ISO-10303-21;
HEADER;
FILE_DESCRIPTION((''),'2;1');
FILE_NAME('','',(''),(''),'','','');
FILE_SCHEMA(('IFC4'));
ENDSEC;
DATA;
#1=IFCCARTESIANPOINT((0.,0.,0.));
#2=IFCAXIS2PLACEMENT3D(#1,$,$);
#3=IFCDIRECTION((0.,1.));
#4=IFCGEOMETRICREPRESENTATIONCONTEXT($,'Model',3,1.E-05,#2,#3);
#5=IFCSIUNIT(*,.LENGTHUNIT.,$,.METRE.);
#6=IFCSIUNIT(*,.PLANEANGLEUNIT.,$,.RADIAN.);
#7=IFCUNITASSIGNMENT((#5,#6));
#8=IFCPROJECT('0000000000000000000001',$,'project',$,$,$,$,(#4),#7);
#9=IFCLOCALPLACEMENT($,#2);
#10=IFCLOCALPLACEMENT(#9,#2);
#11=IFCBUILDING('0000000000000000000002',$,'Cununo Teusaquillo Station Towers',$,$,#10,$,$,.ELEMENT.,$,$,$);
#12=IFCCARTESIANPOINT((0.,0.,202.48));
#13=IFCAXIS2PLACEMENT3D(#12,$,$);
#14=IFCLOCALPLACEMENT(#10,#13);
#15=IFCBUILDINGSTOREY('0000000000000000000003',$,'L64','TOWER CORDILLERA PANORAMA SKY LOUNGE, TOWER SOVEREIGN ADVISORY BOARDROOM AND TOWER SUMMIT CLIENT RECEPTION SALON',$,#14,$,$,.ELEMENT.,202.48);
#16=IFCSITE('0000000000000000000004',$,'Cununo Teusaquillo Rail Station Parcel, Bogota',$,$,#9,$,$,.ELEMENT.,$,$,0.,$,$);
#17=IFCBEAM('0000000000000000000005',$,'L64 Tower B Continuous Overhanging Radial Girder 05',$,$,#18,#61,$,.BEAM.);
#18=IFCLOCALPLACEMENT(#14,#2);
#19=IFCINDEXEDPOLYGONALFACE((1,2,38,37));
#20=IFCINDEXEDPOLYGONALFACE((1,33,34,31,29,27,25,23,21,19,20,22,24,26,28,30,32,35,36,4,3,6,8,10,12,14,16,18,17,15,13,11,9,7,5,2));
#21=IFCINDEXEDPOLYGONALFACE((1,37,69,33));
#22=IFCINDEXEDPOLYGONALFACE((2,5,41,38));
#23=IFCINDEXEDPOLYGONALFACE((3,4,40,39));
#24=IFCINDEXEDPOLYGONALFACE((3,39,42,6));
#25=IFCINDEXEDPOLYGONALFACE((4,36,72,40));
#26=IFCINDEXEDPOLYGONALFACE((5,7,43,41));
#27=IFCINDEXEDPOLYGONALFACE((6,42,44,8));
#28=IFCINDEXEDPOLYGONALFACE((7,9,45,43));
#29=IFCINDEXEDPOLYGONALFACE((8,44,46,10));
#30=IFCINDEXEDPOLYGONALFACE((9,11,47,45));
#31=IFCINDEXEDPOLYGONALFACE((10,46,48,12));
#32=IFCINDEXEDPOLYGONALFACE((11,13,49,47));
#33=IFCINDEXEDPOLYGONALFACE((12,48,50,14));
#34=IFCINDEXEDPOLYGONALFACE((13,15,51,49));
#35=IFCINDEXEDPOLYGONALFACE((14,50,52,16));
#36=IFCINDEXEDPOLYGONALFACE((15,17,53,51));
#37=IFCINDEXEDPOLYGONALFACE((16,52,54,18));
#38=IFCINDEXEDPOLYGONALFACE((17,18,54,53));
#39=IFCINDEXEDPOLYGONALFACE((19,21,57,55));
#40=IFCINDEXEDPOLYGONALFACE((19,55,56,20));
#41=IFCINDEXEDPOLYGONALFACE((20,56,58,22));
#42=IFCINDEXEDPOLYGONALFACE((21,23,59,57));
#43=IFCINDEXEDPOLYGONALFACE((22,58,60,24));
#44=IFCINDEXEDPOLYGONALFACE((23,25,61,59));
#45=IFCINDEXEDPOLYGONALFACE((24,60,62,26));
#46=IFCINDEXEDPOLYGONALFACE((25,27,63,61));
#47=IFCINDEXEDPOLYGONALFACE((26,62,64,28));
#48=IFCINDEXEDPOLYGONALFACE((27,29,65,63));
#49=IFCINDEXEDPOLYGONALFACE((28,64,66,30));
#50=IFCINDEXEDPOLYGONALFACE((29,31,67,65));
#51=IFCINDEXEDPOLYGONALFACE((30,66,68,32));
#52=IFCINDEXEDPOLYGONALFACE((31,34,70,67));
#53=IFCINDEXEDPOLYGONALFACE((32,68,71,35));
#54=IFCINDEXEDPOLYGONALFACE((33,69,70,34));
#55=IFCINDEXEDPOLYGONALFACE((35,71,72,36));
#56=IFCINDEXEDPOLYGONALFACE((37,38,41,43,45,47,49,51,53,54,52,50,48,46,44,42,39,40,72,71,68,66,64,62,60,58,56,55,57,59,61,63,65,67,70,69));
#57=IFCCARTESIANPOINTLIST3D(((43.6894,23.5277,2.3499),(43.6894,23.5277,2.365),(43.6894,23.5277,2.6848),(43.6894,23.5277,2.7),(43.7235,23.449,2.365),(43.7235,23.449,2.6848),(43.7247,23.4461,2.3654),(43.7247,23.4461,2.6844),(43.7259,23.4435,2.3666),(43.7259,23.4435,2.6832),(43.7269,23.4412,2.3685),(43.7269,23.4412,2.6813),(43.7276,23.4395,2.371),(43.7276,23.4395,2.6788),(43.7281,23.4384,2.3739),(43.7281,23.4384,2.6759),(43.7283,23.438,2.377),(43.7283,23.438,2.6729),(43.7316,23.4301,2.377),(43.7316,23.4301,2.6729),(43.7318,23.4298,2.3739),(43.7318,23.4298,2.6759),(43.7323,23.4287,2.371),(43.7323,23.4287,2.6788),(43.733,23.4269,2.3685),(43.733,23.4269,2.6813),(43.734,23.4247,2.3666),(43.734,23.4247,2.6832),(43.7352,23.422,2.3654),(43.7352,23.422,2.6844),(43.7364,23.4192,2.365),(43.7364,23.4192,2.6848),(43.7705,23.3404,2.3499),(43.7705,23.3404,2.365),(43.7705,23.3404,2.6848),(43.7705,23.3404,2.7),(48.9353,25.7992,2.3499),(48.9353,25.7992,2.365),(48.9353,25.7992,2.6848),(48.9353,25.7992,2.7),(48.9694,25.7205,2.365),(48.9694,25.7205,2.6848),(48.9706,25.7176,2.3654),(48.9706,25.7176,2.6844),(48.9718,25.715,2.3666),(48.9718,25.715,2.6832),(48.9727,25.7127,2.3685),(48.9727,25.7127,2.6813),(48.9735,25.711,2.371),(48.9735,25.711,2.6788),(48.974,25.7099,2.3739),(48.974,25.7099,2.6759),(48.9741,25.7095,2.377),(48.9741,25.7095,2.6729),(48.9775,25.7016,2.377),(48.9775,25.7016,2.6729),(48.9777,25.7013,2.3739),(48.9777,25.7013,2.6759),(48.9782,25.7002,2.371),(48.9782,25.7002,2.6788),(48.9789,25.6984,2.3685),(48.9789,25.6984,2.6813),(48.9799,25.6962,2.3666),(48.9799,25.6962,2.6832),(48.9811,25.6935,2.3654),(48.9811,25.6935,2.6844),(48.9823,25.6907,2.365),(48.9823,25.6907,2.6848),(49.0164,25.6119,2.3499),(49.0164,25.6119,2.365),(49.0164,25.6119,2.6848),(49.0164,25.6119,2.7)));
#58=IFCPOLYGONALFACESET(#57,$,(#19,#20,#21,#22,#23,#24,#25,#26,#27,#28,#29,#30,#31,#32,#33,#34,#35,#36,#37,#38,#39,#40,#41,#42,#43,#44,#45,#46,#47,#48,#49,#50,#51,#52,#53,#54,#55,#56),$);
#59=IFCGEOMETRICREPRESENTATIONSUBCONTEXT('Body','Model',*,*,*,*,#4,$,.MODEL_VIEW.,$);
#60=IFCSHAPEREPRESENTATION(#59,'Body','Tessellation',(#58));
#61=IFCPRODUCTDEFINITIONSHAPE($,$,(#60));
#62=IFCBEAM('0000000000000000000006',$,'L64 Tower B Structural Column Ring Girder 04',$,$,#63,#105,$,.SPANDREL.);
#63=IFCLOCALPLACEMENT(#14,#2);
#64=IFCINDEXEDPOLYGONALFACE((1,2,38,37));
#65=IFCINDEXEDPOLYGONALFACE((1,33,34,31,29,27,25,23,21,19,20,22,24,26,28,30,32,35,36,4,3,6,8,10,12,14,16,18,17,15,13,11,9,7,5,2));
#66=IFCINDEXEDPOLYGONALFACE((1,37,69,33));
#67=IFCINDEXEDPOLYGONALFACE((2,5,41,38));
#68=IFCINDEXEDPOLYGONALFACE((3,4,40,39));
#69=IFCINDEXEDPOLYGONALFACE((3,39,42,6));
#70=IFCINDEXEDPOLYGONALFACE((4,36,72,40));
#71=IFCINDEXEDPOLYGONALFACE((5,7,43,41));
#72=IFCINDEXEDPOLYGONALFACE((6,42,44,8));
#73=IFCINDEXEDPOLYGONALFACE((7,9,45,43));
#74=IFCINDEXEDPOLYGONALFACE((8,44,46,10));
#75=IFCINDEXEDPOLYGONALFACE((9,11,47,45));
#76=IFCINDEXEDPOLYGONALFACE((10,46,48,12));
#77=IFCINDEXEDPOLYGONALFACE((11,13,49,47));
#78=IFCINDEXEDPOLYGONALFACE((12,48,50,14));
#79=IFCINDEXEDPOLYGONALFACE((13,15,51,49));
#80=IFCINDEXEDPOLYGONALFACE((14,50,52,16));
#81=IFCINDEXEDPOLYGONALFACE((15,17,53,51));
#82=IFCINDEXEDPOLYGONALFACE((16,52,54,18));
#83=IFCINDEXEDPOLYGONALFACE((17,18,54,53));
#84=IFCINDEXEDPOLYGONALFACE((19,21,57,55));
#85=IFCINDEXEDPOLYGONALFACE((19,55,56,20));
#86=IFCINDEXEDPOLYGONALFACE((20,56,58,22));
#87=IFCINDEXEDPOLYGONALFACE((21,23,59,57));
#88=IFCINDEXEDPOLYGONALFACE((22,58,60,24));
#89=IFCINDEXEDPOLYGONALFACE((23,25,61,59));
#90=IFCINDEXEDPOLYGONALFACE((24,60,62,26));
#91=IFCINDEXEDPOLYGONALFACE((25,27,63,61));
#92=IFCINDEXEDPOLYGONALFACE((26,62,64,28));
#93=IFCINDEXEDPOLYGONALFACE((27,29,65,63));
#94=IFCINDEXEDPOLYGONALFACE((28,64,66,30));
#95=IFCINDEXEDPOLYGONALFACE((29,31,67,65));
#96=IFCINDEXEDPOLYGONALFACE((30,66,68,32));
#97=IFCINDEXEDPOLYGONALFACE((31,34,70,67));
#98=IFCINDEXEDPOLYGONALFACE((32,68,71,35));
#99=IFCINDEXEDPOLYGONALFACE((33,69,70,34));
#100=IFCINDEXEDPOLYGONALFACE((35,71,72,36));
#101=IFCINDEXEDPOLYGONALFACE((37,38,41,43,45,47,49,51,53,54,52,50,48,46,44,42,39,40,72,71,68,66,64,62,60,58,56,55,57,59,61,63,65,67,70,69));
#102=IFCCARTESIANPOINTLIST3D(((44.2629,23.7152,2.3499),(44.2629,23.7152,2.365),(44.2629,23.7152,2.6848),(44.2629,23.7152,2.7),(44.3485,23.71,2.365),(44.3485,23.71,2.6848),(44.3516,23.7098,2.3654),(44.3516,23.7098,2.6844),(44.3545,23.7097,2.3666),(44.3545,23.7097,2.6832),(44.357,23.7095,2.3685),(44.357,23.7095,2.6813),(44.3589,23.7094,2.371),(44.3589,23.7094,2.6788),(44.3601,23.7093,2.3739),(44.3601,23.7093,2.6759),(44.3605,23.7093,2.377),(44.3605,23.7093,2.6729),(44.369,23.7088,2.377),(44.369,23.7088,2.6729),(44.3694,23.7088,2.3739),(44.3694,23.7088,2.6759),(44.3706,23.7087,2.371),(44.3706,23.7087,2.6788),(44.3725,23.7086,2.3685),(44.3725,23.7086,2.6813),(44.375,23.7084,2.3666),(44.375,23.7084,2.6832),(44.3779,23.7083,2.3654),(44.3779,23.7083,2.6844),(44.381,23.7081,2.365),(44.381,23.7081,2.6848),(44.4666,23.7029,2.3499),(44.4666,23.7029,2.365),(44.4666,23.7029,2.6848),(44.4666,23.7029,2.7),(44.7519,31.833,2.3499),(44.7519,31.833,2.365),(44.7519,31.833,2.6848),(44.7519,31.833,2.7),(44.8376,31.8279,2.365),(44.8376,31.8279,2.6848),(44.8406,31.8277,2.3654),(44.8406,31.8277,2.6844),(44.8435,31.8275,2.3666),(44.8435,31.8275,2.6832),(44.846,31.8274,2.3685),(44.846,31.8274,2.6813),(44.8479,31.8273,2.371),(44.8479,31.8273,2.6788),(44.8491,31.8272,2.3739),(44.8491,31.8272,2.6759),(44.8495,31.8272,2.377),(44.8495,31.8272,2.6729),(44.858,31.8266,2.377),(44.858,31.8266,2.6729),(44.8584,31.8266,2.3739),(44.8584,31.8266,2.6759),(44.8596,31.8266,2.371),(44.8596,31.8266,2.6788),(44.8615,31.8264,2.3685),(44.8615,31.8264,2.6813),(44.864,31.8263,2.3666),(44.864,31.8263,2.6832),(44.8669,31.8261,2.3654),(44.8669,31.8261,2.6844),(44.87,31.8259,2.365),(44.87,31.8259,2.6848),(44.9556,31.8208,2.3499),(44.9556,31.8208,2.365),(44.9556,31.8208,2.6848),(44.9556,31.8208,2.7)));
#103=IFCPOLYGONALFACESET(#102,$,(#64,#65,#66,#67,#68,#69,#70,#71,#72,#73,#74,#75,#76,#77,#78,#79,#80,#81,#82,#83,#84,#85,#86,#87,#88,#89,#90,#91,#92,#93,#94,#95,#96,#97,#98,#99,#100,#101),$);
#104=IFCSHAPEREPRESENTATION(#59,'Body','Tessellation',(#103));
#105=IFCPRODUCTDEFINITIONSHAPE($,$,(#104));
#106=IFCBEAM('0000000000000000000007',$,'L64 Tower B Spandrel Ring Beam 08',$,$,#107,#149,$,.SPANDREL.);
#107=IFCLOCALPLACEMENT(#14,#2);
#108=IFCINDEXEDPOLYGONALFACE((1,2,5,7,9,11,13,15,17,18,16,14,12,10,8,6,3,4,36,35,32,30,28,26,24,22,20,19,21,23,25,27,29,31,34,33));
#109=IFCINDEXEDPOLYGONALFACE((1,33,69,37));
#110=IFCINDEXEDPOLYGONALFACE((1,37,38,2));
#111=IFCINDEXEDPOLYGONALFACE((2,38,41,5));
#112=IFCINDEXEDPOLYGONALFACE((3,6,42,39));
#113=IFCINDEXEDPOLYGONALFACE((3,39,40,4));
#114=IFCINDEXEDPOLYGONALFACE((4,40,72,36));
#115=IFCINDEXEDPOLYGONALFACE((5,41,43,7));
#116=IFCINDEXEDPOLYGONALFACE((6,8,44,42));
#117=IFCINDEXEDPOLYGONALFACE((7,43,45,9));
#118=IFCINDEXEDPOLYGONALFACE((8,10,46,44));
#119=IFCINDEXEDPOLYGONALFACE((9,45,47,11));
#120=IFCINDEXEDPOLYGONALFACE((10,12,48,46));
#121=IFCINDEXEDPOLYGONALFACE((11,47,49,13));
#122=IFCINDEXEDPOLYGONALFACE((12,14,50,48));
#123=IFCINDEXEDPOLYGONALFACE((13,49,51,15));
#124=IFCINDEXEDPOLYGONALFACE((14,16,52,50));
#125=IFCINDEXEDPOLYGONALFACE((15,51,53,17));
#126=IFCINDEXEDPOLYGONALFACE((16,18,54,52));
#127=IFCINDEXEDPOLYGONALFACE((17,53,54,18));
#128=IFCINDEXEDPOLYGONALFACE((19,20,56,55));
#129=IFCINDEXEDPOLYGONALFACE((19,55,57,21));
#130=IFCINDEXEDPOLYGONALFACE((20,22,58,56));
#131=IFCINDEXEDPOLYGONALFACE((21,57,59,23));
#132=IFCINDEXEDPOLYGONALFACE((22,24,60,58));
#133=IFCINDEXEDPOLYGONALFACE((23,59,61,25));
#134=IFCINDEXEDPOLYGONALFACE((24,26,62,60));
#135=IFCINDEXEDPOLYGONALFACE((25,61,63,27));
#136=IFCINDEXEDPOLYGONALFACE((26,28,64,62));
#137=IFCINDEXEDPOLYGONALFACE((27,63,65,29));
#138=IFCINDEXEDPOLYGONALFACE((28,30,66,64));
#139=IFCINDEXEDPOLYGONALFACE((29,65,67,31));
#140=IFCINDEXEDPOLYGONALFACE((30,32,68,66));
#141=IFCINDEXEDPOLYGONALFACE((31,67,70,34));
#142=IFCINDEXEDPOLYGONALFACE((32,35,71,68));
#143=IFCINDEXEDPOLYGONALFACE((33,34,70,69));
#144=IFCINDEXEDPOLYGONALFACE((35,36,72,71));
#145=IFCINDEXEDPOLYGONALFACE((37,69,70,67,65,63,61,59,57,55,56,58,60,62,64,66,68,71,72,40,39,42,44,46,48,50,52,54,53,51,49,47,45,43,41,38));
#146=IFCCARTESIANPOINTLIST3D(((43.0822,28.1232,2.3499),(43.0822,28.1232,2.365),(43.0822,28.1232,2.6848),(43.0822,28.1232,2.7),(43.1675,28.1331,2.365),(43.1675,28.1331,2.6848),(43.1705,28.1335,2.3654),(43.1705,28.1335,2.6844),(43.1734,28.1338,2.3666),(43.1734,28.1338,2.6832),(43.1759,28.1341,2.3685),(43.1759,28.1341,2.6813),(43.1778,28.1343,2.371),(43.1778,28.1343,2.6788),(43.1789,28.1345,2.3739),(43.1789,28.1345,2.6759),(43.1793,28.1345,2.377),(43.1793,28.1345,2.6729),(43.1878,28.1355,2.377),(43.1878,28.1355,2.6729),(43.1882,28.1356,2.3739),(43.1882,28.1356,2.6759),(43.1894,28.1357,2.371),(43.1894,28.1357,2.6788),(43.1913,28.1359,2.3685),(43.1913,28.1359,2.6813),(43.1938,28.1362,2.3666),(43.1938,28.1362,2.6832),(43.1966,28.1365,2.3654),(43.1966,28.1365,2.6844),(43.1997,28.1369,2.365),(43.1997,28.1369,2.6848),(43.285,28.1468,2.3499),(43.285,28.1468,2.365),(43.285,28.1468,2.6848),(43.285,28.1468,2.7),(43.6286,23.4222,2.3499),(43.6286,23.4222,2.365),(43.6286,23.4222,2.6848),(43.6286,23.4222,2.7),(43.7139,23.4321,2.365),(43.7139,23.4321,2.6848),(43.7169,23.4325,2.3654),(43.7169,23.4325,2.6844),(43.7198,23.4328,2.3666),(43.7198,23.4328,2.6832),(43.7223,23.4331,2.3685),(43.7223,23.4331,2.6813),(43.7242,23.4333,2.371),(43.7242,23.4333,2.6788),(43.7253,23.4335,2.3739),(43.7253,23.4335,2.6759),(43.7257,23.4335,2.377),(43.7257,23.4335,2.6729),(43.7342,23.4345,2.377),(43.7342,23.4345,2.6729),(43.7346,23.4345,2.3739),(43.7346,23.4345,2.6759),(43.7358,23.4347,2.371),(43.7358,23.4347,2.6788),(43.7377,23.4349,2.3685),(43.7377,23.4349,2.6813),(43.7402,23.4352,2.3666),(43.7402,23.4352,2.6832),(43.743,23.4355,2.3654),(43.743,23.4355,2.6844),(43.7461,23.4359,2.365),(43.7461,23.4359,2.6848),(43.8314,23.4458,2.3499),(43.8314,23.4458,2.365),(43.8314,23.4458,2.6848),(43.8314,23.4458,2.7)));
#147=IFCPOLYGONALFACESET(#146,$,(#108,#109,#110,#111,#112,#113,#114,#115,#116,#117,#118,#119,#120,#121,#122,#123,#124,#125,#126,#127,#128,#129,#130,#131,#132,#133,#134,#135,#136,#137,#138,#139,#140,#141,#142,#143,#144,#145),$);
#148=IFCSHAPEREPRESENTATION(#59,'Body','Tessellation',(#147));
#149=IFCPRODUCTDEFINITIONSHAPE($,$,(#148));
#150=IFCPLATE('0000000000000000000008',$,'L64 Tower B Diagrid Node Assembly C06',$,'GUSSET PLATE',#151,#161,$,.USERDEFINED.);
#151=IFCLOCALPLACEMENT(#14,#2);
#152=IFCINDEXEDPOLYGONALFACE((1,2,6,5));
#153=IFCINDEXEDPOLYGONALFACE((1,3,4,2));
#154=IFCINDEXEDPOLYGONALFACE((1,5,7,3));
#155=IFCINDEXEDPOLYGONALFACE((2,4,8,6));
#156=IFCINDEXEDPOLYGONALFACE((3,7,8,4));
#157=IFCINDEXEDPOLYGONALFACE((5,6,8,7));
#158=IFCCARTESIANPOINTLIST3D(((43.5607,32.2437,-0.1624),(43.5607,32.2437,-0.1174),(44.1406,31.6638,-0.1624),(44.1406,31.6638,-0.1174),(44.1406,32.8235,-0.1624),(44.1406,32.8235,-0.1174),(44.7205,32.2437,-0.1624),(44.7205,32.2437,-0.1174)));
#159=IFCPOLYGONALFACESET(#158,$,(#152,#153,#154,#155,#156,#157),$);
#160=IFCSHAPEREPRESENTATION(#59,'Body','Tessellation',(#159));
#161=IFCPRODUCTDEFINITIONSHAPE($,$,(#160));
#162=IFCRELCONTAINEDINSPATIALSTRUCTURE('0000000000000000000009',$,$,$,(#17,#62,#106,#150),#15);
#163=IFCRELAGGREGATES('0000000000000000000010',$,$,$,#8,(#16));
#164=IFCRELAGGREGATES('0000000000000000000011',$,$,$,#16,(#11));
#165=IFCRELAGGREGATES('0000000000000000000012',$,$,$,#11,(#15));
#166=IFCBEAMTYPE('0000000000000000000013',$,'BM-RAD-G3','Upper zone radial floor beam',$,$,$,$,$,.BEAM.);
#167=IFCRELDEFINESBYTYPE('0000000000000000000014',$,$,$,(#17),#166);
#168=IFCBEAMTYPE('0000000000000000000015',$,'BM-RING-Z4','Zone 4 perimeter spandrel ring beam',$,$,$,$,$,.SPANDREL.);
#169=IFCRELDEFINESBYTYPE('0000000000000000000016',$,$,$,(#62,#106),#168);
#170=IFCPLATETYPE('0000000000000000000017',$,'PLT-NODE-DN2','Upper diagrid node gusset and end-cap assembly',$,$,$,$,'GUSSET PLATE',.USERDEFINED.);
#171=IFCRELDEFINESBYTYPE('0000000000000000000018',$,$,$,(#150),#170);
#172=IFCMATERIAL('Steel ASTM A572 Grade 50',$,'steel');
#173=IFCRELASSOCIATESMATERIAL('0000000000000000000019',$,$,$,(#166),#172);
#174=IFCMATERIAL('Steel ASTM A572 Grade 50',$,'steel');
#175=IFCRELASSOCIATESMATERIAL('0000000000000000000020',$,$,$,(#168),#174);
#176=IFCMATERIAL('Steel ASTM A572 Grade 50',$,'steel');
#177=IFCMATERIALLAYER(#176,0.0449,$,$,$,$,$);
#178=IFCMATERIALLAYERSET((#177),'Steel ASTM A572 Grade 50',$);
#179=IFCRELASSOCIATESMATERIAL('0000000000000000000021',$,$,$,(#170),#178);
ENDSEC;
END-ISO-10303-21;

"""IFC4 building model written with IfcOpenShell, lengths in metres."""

from ifc_helpers import new_model, si_unit, direction, frame, origin, origin_2d, place, context, subcontext, project, spatial, rectangle, i_section, extrude, source, transform, mapped, material, layer, layer_set, material_profile, profile_set, type_object, element, save


model = new_model("IFC4")

# Units and contexts
model_context = context("Model", 3, precision=1e-05, world=origin(), true_north=direction((0.0, 1.0)))
body_context = subcontext(model_context, "Body", "Model", "MODEL_VIEW")
ifc_project = project(units=[si_unit("LENGTHUNIT", "METRE"), si_unit("PLANEANGLEUNIT", "RADIAN")], contexts=[model_context])

# Site, building, storey
site_placement = place(None, origin())
site = spatial("IfcSite", under=ifc_project, at=site_placement, Name="Cununo Teusaquillo Rail Station Parcel, Bogota", CompositionType="ELEMENT", RefElevation=0.0)
building_placement = place(site_placement, origin())
building = spatial("IfcBuilding", under=site, at=building_placement, Name="Cununo Teusaquillo Station Towers", CompositionType="ELEMENT")
storey_placement = place(building_placement, frame((0.0, 0.0, 202.48)))
storey = spatial("IfcBuildingStorey", under=building, at=storey_placement, Name="L64", Description="TOWER CORDILLERA PANORAMA SKY LOUNGE, TOWER SOVEREIGN ADVISORY BOARDROOM AND TOWER SUMMIT CLIENT RECEPTION SALON", CompositionType="ELEMENT", Elevation=202.48)

# Beams
ifc_material_1 = material(Name="Steel ASTM A572 Grade 50", Category="steel")
ifc_material_profile_1 = material_profile(ifc_material_1, i_section(OverallWidth=0.2041, OverallDepth=0.3501, WebThickness=0.0085, FlangeThickness=0.0151, FilletRadius=0.012, at=origin_2d()), Name="W14X48")
ifc_profile_set_1 = profile_set([ifc_material_profile_1], Name="Steel ASTM A572 Grade 50")
beam_type_1 = type_object("IfcBeamType", Name="BM-RAD-G3", Description="Upper zone radial floor beam", PredefinedType="BEAM", material=ifc_profile_set_1)
beam_1_placement = place(storey_placement, frame((48.9758, 25.7056, 2.5249), z_axis=(-0.917665, -0.397355, 0.0), x_axis=(0.397355, -0.917665, 0.0)))
element("IfcBeam", 1, at=beam_1_placement, inside=storey, type_object=beam_type_1, Name="L64 Tower B Continuous Overhanging Radial Girder 05", PredefinedType="BEAM", context=body_context, shape_type="SweptSolid", body=[
    extrude(i_section(OverallWidth=0.2041, OverallDepth=0.3501, WebThickness=0.0085, FlangeThickness=0.0151, FilletRadius=0.012, at=origin_2d()), origin(), (0.0, 0.0, 1.0), 5.7166),
])
ifc_material_2 = material(Name="Steel ASTM A572 Grade 50", Category="steel")
ifc_material_profile_2 = material_profile(ifc_material_2, i_section(OverallWidth=0.2041, OverallDepth=0.3501, WebThickness=0.0085, FlangeThickness=0.0151, FilletRadius=0.012, at=origin_2d()), Name="W14X48")
ifc_profile_set_2 = profile_set([ifc_material_profile_2], Name="Steel ASTM A572 Grade 50")
beam_type_2 = type_object("IfcBeamType", Name="BM-RING-Z4", Description="Zone 4 perimeter spandrel ring beam", PredefinedType="SPANDREL", material=ifc_profile_set_2)
beam_2_placement = place(storey_placement, frame((44.8538, 31.8269, 2.5249), z_axis=(-0.06013, -0.998191, 0.0), x_axis=(0.998191, -0.06013, 0.0)))
element("IfcBeam", 2, at=beam_2_placement, inside=storey, type_object=beam_type_2, Name="L64 Tower B Structural Column Ring Girder 04", PredefinedType="SPANDREL", context=body_context, shape_type="SweptSolid", body=[
    extrude(i_section(OverallWidth=0.2041, OverallDepth=0.3501, WebThickness=0.0085, FlangeThickness=0.0151, FilletRadius=0.012, at=origin_2d()), origin(), (0.0, 0.0, 1.0), 8.1326),
])
beam_3_placement = place(storey_placement, frame((43.1836, 28.135, 2.5249), z_axis=(0.115452, -0.993313, 0.0), x_axis=(0.993313, 0.115452, 0.0)))
element("IfcBeam", 3, at=beam_3_placement, inside=storey, type_object=beam_type_2, Name="L64 Tower B Spandrel Ring Beam 08", PredefinedType="SPANDREL", context=body_context, shape_type="SweptSolid", body=[
    extrude(i_section(OverallWidth=0.2041, OverallDepth=0.3501, WebThickness=0.0085, FlangeThickness=0.0151, FilletRadius=0.012, at=origin_2d()), origin(), (0.0, 0.0, 1.0), 4.7327),
])

# Plate
ifc_material_3 = material(Name="Steel ASTM A572 Grade 50", Category="steel")
ifc_layer_1 = layer(ifc_material_3, 0.0449)
ifc_layer_set_1 = layer_set([ifc_layer_1], Name="Steel ASTM A572 Grade 50")
plate_type = type_object("IfcPlateType", Name="PLT-NODE-DN2", Description="Upper diagrid node gusset and end-cap assembly", ElementType="GUSSET PLATE", PredefinedType="USERDEFINED", material=ifc_layer_set_1)
shared_shape_1 = source(origin(), body_context, "Body", "SweptSolid", [
    extrude(rectangle(XDim=0.8201, YDim=0.8201, at=origin_2d()), origin(), (0.0, 0.0, 1.0), 0.0449),
])
plate_placement = place(storey_placement, frame((44.1406, 32.2437, -0.1624), z_axis=(0.0, 0.0, 1.0), x_axis=(0.707107, 0.707107, 0.0)))
element("IfcPlate", 4, at=plate_placement, inside=storey, type_object=plate_type, Name="L64 Tower B Diagrid Node Assembly C06", ObjectType="GUSSET PLATE", PredefinedType="USERDEFINED", context=body_context, shape_type="MappedRepresentation", body=[
    mapped(shared_shape_1, transform((0.0, 0.0, 0.0), x_axis=(1.0, 0.0, 0.0), y_axis=(0.0, 1.0, 0.0), z_axis=(0.0, 0.0, 1.0), scale=1.0)),
])

save(model, "model.ifc")
